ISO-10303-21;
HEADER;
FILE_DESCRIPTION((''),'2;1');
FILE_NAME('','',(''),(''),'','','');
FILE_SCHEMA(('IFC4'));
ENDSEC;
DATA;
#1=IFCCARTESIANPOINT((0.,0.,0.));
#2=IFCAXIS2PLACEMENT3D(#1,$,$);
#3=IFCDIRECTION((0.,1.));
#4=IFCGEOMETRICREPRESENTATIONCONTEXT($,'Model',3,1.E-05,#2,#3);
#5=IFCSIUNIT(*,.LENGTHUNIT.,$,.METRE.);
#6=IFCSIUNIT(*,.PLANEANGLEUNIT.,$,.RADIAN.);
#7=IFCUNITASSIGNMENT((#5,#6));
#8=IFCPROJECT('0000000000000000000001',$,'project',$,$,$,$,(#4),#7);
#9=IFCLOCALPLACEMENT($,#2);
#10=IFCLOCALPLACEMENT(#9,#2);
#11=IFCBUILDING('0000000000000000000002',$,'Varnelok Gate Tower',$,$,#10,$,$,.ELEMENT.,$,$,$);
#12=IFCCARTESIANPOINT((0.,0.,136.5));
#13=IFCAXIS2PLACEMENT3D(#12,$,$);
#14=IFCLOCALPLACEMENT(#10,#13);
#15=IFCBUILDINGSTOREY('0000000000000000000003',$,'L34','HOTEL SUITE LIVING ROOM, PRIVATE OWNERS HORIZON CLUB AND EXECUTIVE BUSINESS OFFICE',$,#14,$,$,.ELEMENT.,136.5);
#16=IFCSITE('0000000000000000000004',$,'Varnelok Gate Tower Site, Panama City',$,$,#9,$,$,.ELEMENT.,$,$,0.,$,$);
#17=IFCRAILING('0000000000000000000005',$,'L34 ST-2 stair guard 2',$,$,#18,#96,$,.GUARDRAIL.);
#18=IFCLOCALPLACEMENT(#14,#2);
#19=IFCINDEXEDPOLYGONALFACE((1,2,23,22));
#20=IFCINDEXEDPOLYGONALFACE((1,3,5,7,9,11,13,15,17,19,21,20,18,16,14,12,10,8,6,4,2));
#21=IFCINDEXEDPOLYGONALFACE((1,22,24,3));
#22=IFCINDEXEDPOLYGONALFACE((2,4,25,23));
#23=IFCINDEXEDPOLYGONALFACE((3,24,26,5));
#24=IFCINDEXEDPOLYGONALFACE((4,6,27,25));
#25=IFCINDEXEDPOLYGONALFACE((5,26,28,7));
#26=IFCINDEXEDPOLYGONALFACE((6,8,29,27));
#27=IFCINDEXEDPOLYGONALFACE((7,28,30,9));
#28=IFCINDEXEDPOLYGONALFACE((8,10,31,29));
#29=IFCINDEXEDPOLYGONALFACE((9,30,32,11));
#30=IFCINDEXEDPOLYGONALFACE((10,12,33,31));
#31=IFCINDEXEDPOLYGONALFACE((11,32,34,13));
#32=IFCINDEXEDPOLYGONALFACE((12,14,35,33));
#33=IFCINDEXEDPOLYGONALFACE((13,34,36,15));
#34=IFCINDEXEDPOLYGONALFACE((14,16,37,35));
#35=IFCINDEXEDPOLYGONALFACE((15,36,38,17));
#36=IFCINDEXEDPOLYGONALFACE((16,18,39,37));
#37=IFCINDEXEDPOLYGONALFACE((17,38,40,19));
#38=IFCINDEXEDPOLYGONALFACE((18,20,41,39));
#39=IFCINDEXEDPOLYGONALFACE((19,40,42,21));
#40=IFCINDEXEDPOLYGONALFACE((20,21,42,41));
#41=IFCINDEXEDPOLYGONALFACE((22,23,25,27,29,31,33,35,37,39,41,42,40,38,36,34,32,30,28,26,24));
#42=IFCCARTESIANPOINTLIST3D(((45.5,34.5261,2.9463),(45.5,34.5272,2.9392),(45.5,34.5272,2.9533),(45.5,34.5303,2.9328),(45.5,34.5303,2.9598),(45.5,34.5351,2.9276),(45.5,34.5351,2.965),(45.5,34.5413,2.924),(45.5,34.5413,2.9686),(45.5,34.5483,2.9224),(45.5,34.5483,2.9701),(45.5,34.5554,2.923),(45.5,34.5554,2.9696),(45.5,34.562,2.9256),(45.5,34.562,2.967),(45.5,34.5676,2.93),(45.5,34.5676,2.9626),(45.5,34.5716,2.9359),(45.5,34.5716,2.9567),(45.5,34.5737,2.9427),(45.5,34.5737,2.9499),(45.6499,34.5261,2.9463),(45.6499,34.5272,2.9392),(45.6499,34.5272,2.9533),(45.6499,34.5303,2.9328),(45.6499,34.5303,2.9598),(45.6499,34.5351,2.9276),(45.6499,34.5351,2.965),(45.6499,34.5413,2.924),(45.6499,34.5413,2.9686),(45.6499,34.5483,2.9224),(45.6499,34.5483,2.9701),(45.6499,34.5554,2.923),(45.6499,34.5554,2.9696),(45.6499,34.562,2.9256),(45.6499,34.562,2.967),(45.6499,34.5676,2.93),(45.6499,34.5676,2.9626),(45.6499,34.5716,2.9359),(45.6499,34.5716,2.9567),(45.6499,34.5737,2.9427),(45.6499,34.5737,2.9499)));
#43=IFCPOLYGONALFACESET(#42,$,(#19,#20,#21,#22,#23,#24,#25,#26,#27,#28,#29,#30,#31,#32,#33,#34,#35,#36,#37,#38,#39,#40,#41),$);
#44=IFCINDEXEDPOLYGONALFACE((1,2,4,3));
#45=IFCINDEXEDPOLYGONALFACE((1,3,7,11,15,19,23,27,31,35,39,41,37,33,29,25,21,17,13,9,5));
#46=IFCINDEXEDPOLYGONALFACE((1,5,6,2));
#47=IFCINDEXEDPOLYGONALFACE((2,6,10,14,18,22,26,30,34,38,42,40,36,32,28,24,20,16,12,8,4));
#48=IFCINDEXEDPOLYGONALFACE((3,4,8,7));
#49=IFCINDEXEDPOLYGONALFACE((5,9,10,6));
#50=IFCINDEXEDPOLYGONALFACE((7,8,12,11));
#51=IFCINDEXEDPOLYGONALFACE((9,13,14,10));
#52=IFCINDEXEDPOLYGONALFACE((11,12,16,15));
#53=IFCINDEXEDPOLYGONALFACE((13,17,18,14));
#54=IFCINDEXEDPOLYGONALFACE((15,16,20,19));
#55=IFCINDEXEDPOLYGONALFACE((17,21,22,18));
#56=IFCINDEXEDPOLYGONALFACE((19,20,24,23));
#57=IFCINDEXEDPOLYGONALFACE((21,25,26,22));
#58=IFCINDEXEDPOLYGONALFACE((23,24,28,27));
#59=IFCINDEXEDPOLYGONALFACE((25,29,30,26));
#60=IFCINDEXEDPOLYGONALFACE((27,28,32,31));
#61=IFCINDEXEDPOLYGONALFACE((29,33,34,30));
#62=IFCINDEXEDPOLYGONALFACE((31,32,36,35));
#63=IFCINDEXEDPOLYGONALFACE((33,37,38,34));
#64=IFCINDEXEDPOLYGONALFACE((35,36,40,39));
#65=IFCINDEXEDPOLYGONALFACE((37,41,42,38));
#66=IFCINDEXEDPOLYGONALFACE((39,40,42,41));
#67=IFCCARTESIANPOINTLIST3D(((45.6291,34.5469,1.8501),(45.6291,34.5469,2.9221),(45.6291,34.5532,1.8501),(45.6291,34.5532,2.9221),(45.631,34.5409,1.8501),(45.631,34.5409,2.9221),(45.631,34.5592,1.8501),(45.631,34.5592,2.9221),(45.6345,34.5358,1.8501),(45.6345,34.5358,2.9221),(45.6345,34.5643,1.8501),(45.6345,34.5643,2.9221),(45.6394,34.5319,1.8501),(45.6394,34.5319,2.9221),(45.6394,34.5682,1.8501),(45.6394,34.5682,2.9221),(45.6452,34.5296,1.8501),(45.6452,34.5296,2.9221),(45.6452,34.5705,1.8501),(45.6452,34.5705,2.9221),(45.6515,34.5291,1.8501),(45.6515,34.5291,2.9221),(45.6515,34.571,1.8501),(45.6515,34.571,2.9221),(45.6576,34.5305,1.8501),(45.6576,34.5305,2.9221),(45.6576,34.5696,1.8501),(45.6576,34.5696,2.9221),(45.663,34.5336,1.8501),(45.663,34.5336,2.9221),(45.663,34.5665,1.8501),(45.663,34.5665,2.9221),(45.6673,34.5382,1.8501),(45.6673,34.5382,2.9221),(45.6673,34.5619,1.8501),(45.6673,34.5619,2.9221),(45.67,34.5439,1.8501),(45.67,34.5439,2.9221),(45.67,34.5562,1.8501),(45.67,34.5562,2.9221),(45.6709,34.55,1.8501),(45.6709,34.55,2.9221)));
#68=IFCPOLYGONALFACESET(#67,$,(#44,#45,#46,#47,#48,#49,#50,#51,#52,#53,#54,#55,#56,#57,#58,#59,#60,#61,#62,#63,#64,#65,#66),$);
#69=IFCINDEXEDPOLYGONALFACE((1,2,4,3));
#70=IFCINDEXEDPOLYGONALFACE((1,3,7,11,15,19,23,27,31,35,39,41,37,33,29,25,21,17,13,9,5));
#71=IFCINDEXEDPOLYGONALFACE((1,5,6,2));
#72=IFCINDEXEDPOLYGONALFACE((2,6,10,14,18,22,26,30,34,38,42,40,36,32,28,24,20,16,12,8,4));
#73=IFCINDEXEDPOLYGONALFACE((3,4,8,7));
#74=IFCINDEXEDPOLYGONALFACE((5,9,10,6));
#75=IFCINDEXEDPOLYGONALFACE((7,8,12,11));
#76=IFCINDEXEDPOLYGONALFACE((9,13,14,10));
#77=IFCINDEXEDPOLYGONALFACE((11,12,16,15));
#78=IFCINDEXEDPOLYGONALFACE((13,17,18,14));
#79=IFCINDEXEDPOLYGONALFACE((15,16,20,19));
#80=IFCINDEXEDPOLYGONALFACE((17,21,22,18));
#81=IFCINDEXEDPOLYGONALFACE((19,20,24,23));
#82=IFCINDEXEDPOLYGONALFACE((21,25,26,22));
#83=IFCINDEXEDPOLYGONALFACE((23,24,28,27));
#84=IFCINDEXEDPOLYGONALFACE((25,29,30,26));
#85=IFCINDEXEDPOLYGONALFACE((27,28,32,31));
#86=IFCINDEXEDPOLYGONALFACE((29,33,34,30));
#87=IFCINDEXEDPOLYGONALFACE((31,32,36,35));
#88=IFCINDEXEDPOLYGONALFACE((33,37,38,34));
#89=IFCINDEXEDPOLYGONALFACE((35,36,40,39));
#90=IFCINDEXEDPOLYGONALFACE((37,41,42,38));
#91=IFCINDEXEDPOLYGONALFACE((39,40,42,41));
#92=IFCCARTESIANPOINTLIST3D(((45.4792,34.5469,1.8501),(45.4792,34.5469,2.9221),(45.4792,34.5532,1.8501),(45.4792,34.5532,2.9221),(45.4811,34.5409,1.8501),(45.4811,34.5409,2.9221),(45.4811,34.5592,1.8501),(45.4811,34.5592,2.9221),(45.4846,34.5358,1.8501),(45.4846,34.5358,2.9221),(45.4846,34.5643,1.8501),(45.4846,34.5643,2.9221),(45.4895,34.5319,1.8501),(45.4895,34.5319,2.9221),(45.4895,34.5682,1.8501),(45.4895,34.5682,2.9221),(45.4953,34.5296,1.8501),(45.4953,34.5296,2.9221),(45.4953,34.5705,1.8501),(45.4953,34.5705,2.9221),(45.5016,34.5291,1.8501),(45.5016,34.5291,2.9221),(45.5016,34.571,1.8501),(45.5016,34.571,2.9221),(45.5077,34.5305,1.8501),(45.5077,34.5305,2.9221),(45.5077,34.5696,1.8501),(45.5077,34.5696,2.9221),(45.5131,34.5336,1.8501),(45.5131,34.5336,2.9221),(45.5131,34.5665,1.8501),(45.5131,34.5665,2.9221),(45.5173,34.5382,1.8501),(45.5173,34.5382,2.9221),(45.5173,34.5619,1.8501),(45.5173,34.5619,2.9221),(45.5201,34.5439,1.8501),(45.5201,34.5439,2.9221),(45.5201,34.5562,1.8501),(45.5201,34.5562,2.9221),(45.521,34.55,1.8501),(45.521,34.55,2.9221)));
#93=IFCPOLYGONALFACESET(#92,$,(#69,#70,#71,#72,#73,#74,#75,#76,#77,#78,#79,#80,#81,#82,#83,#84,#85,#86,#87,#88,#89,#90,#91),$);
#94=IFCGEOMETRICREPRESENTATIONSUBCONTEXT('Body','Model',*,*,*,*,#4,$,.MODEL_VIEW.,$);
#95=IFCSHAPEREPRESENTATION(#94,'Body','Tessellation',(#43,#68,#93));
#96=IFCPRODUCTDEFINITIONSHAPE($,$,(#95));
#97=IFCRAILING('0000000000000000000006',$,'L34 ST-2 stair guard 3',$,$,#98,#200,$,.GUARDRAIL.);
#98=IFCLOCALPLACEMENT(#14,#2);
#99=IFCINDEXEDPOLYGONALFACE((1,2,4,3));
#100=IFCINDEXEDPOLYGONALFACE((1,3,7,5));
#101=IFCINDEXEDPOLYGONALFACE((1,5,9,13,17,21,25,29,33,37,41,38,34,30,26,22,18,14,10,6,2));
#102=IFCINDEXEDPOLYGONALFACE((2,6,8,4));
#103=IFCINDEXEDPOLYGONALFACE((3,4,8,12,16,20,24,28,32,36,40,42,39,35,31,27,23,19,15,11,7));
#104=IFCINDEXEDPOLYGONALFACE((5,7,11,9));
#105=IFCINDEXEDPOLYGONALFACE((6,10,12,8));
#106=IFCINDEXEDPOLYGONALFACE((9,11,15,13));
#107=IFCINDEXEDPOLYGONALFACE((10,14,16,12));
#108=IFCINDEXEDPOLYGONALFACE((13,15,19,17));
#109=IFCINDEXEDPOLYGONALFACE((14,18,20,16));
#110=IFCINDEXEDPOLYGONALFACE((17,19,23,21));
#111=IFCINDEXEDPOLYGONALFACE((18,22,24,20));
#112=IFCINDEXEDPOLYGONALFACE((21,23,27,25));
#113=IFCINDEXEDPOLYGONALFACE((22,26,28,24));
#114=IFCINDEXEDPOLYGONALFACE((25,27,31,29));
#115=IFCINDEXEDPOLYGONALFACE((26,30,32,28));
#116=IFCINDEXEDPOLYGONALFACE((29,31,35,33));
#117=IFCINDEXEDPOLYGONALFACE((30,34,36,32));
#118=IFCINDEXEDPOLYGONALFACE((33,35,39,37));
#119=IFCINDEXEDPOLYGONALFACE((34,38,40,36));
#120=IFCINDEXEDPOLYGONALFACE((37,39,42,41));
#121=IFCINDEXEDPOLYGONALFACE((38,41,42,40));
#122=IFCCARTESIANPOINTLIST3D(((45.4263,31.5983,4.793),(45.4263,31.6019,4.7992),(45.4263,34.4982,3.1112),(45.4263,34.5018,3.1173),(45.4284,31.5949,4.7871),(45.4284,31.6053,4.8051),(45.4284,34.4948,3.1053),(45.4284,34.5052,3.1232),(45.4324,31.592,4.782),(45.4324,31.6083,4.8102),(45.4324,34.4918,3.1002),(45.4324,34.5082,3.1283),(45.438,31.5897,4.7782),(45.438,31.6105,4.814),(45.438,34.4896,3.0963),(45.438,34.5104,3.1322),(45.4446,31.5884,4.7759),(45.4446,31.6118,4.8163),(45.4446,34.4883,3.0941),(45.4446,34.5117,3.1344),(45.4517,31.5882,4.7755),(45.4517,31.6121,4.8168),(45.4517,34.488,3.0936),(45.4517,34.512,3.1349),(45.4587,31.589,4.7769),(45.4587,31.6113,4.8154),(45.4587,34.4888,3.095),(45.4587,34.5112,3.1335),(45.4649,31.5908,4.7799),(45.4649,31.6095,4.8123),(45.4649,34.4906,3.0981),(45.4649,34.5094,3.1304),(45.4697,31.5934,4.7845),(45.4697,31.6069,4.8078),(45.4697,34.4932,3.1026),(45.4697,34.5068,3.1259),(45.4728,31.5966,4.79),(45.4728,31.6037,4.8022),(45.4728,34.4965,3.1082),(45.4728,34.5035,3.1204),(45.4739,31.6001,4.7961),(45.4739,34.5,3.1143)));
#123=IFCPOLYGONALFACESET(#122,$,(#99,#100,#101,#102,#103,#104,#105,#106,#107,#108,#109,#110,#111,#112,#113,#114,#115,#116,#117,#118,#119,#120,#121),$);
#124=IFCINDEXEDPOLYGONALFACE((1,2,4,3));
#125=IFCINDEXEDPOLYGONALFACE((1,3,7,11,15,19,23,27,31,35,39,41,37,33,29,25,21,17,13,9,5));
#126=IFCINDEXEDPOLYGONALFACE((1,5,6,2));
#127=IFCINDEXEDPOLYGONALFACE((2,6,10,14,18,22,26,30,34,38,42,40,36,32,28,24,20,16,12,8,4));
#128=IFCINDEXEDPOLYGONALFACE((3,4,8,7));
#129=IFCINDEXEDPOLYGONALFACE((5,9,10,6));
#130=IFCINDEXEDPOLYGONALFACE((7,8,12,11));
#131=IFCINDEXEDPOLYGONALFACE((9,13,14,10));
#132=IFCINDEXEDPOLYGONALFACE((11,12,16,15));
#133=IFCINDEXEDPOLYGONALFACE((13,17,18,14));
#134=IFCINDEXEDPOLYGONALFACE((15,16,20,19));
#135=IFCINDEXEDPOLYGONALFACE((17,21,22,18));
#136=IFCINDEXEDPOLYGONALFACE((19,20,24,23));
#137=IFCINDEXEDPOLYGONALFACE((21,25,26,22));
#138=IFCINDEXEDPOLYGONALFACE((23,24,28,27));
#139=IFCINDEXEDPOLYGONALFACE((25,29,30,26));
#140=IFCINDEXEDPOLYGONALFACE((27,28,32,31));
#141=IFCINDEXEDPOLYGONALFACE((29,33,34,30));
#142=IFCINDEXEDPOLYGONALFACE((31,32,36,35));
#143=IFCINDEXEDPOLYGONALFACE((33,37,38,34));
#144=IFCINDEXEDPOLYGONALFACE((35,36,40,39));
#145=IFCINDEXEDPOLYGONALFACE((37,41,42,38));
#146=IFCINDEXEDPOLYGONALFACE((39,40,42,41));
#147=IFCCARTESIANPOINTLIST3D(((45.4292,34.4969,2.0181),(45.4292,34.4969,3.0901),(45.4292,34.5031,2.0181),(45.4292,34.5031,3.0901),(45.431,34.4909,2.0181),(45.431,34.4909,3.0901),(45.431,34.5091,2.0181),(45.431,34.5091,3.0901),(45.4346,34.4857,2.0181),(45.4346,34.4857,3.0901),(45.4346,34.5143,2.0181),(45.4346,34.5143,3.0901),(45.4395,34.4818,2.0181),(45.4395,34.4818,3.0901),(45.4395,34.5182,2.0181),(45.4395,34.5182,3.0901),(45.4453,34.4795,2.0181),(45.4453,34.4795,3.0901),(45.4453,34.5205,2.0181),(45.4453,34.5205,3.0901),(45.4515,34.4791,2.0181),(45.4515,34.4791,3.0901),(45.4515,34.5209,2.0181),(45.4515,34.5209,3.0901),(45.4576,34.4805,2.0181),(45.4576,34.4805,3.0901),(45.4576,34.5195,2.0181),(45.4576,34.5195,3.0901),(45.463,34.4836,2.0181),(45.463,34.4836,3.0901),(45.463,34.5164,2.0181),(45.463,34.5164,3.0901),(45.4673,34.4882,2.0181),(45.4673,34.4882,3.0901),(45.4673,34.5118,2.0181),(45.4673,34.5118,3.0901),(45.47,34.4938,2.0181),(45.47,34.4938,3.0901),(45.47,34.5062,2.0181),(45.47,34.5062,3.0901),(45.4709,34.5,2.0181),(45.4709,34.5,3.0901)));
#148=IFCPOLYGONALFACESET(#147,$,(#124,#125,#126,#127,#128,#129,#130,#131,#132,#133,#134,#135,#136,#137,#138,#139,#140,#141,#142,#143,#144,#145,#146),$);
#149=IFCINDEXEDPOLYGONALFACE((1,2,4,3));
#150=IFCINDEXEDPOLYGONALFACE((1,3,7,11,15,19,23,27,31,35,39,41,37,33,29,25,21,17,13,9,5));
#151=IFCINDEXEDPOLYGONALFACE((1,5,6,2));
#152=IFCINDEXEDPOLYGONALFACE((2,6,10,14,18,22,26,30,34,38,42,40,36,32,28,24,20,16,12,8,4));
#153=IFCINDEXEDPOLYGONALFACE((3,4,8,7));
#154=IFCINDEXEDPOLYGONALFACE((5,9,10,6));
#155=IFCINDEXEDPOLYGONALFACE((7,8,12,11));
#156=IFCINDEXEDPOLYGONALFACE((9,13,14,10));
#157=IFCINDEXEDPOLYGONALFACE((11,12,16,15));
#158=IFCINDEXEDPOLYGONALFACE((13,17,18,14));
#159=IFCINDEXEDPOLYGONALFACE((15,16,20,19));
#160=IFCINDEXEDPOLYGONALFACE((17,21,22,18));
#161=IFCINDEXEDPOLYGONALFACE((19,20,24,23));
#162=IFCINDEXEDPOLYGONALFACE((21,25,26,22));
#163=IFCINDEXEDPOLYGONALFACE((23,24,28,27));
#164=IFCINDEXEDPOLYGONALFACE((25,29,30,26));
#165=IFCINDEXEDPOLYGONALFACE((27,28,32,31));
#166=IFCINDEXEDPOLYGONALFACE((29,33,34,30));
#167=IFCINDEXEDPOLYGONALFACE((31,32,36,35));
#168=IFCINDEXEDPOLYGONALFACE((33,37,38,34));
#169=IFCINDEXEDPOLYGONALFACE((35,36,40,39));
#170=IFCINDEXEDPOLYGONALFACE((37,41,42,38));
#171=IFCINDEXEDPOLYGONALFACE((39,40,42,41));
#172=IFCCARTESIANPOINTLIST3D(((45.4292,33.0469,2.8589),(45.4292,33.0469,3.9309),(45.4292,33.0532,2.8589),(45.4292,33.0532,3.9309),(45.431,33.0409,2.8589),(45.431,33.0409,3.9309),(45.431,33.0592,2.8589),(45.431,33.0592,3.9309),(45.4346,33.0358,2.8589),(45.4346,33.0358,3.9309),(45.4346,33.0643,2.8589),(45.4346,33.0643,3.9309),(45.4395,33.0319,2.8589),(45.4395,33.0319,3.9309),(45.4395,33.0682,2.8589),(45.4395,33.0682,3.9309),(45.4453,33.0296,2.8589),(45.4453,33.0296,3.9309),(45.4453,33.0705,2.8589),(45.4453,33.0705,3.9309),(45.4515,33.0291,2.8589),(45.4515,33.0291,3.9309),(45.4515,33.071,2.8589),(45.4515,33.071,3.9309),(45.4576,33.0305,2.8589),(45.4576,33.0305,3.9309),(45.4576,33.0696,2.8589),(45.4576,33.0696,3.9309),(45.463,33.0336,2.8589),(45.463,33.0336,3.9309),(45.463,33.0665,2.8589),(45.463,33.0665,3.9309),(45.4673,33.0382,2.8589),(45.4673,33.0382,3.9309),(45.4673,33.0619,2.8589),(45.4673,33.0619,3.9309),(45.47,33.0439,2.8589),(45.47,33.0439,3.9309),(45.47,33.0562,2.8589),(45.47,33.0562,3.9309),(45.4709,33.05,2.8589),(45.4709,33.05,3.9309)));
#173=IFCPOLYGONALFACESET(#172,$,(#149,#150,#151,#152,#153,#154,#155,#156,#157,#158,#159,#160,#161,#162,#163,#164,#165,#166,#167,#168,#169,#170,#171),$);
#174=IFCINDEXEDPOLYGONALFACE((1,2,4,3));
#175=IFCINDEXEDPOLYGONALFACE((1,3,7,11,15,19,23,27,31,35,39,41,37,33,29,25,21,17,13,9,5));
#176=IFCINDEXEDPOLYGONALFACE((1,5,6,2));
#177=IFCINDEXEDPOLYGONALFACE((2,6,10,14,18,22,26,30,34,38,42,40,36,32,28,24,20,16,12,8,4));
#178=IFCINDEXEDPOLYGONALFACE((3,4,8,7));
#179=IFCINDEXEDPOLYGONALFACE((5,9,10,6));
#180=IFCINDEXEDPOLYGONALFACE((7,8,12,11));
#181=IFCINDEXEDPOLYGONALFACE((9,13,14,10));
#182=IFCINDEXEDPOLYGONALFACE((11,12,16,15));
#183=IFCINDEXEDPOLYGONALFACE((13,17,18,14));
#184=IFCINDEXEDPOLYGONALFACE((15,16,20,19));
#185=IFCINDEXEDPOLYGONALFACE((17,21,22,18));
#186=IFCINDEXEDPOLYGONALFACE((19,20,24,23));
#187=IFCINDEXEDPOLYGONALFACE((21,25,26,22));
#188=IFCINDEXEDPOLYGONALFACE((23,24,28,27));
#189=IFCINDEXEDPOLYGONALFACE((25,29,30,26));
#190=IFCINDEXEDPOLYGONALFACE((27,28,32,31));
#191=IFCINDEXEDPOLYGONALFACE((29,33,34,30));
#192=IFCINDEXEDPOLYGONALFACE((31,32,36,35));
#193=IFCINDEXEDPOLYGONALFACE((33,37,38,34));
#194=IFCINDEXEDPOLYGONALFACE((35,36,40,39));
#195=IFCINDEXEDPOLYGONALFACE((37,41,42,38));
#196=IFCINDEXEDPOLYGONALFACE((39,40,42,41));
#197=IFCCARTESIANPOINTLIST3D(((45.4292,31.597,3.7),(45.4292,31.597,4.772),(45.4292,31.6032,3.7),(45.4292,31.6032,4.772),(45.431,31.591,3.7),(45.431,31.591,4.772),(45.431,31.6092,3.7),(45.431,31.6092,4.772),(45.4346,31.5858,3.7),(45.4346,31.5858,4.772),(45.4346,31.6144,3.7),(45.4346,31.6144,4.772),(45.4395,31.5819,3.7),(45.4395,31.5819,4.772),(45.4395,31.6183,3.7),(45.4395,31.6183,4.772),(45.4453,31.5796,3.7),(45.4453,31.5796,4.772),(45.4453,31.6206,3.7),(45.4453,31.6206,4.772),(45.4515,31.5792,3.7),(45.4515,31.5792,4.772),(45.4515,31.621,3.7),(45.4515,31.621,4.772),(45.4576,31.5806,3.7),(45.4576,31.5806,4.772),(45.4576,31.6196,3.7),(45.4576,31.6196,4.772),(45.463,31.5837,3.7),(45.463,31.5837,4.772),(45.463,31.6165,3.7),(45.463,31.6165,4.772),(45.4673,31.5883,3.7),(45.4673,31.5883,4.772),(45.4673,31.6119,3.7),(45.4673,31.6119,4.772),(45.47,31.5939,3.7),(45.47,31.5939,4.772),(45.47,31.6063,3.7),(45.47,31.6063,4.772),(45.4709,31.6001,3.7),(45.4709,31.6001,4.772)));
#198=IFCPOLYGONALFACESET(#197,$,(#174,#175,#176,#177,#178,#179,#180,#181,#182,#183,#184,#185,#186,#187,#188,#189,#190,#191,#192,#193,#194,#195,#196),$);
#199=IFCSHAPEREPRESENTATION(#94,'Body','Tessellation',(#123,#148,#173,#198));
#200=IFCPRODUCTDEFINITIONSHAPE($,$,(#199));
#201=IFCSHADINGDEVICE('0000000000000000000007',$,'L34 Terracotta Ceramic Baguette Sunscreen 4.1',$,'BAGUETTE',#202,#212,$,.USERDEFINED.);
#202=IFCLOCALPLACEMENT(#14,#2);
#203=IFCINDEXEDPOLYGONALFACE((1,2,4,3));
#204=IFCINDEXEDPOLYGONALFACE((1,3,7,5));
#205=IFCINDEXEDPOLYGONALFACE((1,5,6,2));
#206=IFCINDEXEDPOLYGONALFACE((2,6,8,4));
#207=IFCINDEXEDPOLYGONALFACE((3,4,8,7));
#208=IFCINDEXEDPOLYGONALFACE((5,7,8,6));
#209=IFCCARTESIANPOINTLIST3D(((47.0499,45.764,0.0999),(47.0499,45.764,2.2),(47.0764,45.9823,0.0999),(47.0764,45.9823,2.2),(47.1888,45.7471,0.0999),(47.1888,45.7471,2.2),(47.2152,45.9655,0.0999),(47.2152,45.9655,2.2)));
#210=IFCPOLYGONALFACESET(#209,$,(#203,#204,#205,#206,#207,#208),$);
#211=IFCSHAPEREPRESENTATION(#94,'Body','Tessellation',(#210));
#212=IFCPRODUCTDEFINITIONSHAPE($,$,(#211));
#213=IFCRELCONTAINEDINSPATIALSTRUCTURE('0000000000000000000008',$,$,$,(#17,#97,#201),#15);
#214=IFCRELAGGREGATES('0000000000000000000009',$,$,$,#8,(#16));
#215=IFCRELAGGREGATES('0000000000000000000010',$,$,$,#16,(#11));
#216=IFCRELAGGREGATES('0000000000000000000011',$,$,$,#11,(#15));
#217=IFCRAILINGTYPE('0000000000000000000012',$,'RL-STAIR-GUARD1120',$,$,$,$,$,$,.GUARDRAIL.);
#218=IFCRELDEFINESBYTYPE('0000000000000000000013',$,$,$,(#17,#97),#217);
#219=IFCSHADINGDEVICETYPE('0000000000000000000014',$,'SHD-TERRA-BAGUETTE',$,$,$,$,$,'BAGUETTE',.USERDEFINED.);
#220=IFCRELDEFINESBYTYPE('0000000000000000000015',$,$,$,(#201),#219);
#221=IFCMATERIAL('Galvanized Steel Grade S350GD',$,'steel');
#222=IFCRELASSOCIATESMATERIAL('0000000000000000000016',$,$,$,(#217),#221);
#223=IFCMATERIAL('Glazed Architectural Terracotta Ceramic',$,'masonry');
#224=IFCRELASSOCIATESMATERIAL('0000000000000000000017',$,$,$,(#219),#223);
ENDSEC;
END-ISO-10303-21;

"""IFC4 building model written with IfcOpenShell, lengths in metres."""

from ifc_helpers import new_model, si_unit, direction, frame, origin, origin_2d, place, context, subcontext, project, spatial, rectangle, circle, extrude, source, transform, mapped, material, type_object, element, save


model = new_model("IFC4")

# Units and contexts
model_context = context("Model", 3, precision=1e-05, world=origin(), true_north=direction((0.0, 1.0)))
body_context = subcontext(model_context, "Body", "Model", "MODEL_VIEW")
ifc_project = project(units=[si_unit("LENGTHUNIT", "METRE"), si_unit("PLANEANGLEUNIT", "RADIAN")], contexts=[model_context])

# Site, building, storey
site_placement = place(None, origin())
site = spatial("IfcSite", under=ifc_project, at=site_placement, Name="Varnelok Gate Tower Site, Panama City", CompositionType="ELEMENT", RefElevation=0.0)
building_placement = place(site_placement, origin())
building = spatial("IfcBuilding", under=site, at=building_placement, Name="Varnelok Gate Tower", CompositionType="ELEMENT")
storey_placement = place(building_placement, frame((0.0, 0.0, 136.5)))
storey = spatial("IfcBuildingStorey", under=building, at=storey_placement, Name="L34", Description="HOTEL SUITE LIVING ROOM, PRIVATE OWNERS HORIZON CLUB AND EXECUTIVE BUSINESS OFFICE", CompositionType="ELEMENT", Elevation=136.5)

# Shared definitions
ifc_material_1 = material(Name="Galvanized Steel Grade S350GD", Category="steel")

# Railings
railing_type_1 = type_object("IfcRailingType", Name="RL-STAIR-GUARD1120", PredefinedType="GUARDRAIL", material=ifc_material_1)
railing_1_placement = place(storey_placement, frame((45.6499, 34.55, 1.8501)))
element("IfcRailing", 1, at=railing_1_placement, inside=storey, type_object=railing_type_1, Name="L34 ST-2 stair guard 2", PredefinedType="GUARDRAIL", context=body_context, shape_type="SweptSolid", body=[
    extrude(circle(Radius=0.0239, at=origin_2d()), frame((0.0, 0.0, 1.0962), z_axis=(-1.0, 0.0, 0.0), x_axis=(0.0, -1.0, 0.0)), (0.0, 0.0, 1.0), 0.1499),
    extrude(circle(Radius=0.021, at=origin_2d()), origin(), (0.0, 0.0, 1.0), 1.072),
    extrude(circle(Radius=0.021, at=origin_2d()), frame((-0.1499, 0.0, 0.0)), (0.0, 0.0, 1.0), 1.072),
])
railing_2_placement = place(storey_placement, frame((45.45, 34.5, 2.0181)))
element("IfcRailing", 2, at=railing_2_placement, inside=storey, type_object=railing_type_1, Name="L34 ST-2 stair guard 3", PredefinedType="GUARDRAIL", context=body_context, shape_type="SweptSolid", body=[
    extrude(circle(Radius=0.0239, at=origin_2d()), frame((0.0, 0.0, 1.0962), z_axis=(0.0, -0.865039, 0.501705), x_axis=(1.0, 0.0, 0.0)), (0.0, 0.0, 1.0), 3.3523),
    extrude(circle(Radius=0.021, at=origin_2d()), origin(), (0.0, 0.0, 1.0), 1.072),
    extrude(circle(Radius=0.021, at=origin_2d()), frame((0.0, -1.45, 0.8408)), (0.0, 0.0, 1.0), 1.072),
    extrude(circle(Radius=0.021, at=origin_2d()), frame((0.0, -2.8999, 1.6819)), (0.0, 0.0, 1.0), 1.072),
])

# Shading device
ifc_material_2 = material(Name="Glazed Architectural Terracotta Ceramic", Category="masonry")
shading_device_type = type_object("IfcShadingDeviceType", Name="SHD-TERRA-BAGUETTE", ElementType="BAGUETTE", PredefinedType="USERDEFINED", material=ifc_material_2)
shared_shape_1 = source(origin(), body_context, "Body", "SweptSolid", [
    extrude(rectangle(XDim=0.1399, YDim=0.22, at=origin_2d()), origin(), (0.0, 0.0, 1.0), 2.1001),
])
shading_device_placement = place(storey_placement, frame((47.1326, 45.8647, 0.0999), z_axis=(0.0, 0.0, 1.0), x_axis=(0.992732, -0.120345, 0.0)))
element("IfcShadingDevice", 3, at=shading_device_placement, inside=storey, type_object=shading_device_type, Name="L34 Terracotta Ceramic Baguette Sunscreen 4.1", ObjectType="BAGUETTE", PredefinedType="USERDEFINED", context=body_context, shape_type="MappedRepresentation", body=[
    mapped(shared_shape_1, transform((0.0, 0.0, 0.0), scale=1.0)),
])

save(model, "model.ifc")
